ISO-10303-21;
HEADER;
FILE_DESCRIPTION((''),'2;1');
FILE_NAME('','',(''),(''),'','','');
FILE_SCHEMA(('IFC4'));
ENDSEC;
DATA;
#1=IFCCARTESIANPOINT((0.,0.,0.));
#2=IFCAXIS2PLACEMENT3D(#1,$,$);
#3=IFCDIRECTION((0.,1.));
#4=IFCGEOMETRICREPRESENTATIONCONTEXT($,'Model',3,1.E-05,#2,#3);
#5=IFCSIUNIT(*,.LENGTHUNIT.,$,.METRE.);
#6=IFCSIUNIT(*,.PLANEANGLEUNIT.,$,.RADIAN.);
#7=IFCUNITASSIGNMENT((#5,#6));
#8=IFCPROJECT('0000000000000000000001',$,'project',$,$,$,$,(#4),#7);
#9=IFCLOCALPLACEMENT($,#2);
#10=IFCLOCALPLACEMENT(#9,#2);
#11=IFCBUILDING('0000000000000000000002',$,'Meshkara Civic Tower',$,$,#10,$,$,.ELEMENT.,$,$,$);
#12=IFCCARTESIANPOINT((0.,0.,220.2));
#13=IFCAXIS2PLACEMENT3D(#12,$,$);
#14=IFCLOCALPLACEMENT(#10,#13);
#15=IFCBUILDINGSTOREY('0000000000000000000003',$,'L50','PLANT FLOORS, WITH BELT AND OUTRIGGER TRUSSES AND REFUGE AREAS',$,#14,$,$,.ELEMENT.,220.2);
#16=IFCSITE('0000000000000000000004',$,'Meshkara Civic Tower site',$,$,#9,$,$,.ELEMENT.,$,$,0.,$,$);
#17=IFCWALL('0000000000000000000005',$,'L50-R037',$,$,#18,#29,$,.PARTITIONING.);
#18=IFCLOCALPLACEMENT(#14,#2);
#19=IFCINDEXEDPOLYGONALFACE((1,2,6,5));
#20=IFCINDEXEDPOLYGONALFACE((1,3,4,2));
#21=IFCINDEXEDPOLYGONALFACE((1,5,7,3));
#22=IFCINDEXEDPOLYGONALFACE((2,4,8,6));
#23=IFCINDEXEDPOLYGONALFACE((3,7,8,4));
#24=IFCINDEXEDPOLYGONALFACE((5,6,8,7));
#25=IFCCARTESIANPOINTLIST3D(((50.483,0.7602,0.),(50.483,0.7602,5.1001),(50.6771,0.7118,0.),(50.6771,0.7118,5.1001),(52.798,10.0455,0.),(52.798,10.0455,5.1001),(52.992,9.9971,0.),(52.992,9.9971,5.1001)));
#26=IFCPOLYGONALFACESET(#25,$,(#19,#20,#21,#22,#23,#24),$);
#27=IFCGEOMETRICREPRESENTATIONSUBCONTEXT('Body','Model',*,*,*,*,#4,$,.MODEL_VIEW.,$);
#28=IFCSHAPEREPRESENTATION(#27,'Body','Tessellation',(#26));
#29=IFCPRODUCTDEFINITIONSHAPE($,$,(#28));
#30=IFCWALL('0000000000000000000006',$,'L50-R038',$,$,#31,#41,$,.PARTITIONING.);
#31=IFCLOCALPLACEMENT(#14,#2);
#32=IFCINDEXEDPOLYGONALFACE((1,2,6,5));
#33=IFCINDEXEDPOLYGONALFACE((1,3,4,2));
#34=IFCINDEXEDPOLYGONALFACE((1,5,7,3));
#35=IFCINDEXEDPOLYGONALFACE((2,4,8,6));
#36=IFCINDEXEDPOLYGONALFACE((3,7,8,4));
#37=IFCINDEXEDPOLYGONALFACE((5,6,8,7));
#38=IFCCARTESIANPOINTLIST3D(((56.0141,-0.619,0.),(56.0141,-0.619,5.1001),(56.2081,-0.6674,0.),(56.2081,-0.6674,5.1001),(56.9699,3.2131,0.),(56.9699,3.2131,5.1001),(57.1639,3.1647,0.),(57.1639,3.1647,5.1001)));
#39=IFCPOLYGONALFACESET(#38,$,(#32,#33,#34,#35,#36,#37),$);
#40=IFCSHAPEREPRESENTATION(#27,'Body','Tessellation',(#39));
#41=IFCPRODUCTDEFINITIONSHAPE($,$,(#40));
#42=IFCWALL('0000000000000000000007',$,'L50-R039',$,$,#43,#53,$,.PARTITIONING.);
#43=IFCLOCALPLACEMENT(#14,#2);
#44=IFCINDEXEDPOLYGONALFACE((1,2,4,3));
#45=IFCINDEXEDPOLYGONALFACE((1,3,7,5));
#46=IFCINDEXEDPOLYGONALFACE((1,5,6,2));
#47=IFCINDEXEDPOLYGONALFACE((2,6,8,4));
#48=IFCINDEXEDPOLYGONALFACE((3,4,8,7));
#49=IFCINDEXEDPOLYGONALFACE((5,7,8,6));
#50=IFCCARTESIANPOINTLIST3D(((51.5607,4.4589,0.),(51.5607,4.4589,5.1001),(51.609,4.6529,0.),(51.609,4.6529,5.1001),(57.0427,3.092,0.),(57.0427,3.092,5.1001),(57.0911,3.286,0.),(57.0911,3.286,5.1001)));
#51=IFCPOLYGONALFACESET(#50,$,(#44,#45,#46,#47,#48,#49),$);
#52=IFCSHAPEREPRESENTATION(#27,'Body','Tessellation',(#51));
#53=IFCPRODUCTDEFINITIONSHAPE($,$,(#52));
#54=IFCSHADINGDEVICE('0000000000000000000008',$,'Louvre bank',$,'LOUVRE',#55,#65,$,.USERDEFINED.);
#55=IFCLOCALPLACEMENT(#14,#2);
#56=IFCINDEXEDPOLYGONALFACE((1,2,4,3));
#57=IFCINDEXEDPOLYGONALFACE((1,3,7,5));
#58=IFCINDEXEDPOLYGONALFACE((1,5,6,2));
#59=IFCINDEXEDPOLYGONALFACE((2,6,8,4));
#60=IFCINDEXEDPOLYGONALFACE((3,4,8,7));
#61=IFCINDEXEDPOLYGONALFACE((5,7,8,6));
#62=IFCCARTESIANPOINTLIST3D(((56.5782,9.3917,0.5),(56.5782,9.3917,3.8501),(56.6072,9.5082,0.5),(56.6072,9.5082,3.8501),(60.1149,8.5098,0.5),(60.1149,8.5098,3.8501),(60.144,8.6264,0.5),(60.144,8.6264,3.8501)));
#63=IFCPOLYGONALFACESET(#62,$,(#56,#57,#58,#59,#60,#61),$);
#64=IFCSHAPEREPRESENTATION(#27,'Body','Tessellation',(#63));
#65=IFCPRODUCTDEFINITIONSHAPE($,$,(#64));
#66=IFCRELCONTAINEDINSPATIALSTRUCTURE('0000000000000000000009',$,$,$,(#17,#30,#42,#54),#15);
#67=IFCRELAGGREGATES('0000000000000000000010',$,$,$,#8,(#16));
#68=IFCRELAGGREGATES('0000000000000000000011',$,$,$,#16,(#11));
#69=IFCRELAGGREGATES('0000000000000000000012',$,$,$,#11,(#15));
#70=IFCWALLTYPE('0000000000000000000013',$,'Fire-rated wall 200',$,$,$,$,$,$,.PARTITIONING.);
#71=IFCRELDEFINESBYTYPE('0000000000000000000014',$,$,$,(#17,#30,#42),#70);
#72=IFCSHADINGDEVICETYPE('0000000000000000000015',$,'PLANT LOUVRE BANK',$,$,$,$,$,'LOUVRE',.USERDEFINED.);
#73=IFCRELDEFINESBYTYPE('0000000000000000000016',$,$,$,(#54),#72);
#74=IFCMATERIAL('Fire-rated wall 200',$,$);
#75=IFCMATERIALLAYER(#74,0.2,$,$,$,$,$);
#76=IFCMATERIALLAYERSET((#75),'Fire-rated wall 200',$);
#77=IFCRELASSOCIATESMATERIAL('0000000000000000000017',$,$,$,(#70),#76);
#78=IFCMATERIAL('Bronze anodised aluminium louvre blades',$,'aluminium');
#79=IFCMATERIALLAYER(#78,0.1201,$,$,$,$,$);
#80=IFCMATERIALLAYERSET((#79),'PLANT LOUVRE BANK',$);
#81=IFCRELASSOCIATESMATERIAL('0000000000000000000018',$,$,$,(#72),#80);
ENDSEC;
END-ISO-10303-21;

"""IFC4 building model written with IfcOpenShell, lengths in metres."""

from ifc_helpers import new_model, si_unit, direction, frame, frame_2d, origin, origin_2d, place, context, subcontext, project, spatial, rectangle, extrude, material, layer, layer_set, type_object, element, save


model = new_model("IFC4")

# Units and contexts
model_context = context("Model", 3, precision=1e-05, world=origin(), true_north=direction((0.0, 1.0)))
body_context = subcontext(model_context, "Body", "Model", "MODEL_VIEW")
ifc_project = project(units=[si_unit("LENGTHUNIT", "METRE"), si_unit("PLANEANGLEUNIT", "RADIAN")], contexts=[model_context])

# Site, building, storey
site_placement = place(None, origin())
site = spatial("IfcSite", under=ifc_project, at=site_placement, Name="Meshkara Civic Tower site", CompositionType="ELEMENT", RefElevation=0.0)
building_placement = place(site_placement, origin())
building = spatial("IfcBuilding", under=site, at=building_placement, Name="Meshkara Civic Tower", CompositionType="ELEMENT")
storey_placement = place(building_placement, frame((0.0, 0.0, 220.2)))
storey = spatial("IfcBuildingStorey", under=building, at=storey_placement, Name="L50", Description="PLANT FLOORS, WITH BELT AND OUTRIGGER TRUSSES AND REFUGE AREAS", CompositionType="ELEMENT", Elevation=220.2)

# Walls
ifc_material_1 = material(Name="Fire-rated wall 200")
ifc_layer_1 = layer(ifc_material_1, 0.2)
ifc_layer_set_1 = layer_set([ifc_layer_1], Name="Fire-rated wall 200")
wall_type_1 = type_object("IfcWallType", Name="Fire-rated wall 200", PredefinedType="PARTITIONING", material=ifc_layer_set_1)
wall_1_placement = place(storey_placement, frame((50.5801, 0.7361, 0.0), z_axis=(0.0, 0.0, 1.0), x_axis=(0.241905, 0.9703, 0.0)))
element("IfcWall", 1, at=wall_1_placement, inside=storey, type_object=wall_type_1, Name="L50-R037", PredefinedType="PARTITIONING", context=body_context, shape_type="SweptSolid", body=[
    extrude(rectangle(XDim=9.5696, YDim=0.2, at=frame_2d((4.7847, 0.0))), origin(), (0.0, 0.0, 1.0), 5.1001),
])
wall_2_placement = place(storey_placement, frame((56.1111, -0.6431, 0.0), z_axis=(0.0, 0.0, 1.0), x_axis=(0.242012, 0.970273, 0.0)))
element("IfcWall", 2, at=wall_2_placement, inside=storey, type_object=wall_type_1, Name="L50-R038", PredefinedType="PARTITIONING", context=body_context, shape_type="SweptSolid", body=[
    extrude(rectangle(XDim=3.9495, YDim=0.2, at=frame_2d((1.9746, 0.0))), origin(), (0.0, 0.0, 1.0), 5.1001),
])
wall_3_placement = place(storey_placement, frame((57.0669, 3.189, 0.0), z_axis=(0.0, 0.0, 1.0), x_axis=(-0.97029, 0.241946, 0.0)))
element("IfcWall", 3, at=wall_3_placement, inside=storey, type_object=wall_type_1, Name="L50-R039", PredefinedType="PARTITIONING", context=body_context, shape_type="SweptSolid", body=[
    extrude(rectangle(XDim=5.6499, YDim=0.2, at=frame_2d((2.825, 0.0))), origin(), (0.0, 0.0, 1.0), 5.1001),
])

# Shading device
ifc_material_2 = material(Name="Bronze anodised aluminium louvre blades", Category="aluminium")
ifc_layer_2 = layer(ifc_material_2, 0.1201)
ifc_layer_set_2 = layer_set([ifc_layer_2], Name="PLANT LOUVRE BANK")
shading_device_type = type_object("IfcShadingDeviceType", Name="PLANT LOUVRE BANK", ElementType="LOUVRE", PredefinedType="USERDEFINED", material=ifc_layer_set_2)
shading_device_placement = place(storey_placement, frame((58.3611, 9.009, 0.5), z_axis=(0.0, 0.0, 1.0), x_axis=(-0.970292, 0.241939, 0.0)))
element("IfcShadingDevice", 4, at=shading_device_placement, inside=storey, type_object=shading_device_type, Name="Louvre bank", ObjectType="LOUVRE", PredefinedType="USERDEFINED", context=body_context, shape_type="SweptSolid", body=[
    extrude(rectangle(XDim=3.645, YDim=0.1201, at=origin_2d()), origin(), (0.0, 0.0, 1.0), 3.3501),
])

save(model, "model.ifc")
